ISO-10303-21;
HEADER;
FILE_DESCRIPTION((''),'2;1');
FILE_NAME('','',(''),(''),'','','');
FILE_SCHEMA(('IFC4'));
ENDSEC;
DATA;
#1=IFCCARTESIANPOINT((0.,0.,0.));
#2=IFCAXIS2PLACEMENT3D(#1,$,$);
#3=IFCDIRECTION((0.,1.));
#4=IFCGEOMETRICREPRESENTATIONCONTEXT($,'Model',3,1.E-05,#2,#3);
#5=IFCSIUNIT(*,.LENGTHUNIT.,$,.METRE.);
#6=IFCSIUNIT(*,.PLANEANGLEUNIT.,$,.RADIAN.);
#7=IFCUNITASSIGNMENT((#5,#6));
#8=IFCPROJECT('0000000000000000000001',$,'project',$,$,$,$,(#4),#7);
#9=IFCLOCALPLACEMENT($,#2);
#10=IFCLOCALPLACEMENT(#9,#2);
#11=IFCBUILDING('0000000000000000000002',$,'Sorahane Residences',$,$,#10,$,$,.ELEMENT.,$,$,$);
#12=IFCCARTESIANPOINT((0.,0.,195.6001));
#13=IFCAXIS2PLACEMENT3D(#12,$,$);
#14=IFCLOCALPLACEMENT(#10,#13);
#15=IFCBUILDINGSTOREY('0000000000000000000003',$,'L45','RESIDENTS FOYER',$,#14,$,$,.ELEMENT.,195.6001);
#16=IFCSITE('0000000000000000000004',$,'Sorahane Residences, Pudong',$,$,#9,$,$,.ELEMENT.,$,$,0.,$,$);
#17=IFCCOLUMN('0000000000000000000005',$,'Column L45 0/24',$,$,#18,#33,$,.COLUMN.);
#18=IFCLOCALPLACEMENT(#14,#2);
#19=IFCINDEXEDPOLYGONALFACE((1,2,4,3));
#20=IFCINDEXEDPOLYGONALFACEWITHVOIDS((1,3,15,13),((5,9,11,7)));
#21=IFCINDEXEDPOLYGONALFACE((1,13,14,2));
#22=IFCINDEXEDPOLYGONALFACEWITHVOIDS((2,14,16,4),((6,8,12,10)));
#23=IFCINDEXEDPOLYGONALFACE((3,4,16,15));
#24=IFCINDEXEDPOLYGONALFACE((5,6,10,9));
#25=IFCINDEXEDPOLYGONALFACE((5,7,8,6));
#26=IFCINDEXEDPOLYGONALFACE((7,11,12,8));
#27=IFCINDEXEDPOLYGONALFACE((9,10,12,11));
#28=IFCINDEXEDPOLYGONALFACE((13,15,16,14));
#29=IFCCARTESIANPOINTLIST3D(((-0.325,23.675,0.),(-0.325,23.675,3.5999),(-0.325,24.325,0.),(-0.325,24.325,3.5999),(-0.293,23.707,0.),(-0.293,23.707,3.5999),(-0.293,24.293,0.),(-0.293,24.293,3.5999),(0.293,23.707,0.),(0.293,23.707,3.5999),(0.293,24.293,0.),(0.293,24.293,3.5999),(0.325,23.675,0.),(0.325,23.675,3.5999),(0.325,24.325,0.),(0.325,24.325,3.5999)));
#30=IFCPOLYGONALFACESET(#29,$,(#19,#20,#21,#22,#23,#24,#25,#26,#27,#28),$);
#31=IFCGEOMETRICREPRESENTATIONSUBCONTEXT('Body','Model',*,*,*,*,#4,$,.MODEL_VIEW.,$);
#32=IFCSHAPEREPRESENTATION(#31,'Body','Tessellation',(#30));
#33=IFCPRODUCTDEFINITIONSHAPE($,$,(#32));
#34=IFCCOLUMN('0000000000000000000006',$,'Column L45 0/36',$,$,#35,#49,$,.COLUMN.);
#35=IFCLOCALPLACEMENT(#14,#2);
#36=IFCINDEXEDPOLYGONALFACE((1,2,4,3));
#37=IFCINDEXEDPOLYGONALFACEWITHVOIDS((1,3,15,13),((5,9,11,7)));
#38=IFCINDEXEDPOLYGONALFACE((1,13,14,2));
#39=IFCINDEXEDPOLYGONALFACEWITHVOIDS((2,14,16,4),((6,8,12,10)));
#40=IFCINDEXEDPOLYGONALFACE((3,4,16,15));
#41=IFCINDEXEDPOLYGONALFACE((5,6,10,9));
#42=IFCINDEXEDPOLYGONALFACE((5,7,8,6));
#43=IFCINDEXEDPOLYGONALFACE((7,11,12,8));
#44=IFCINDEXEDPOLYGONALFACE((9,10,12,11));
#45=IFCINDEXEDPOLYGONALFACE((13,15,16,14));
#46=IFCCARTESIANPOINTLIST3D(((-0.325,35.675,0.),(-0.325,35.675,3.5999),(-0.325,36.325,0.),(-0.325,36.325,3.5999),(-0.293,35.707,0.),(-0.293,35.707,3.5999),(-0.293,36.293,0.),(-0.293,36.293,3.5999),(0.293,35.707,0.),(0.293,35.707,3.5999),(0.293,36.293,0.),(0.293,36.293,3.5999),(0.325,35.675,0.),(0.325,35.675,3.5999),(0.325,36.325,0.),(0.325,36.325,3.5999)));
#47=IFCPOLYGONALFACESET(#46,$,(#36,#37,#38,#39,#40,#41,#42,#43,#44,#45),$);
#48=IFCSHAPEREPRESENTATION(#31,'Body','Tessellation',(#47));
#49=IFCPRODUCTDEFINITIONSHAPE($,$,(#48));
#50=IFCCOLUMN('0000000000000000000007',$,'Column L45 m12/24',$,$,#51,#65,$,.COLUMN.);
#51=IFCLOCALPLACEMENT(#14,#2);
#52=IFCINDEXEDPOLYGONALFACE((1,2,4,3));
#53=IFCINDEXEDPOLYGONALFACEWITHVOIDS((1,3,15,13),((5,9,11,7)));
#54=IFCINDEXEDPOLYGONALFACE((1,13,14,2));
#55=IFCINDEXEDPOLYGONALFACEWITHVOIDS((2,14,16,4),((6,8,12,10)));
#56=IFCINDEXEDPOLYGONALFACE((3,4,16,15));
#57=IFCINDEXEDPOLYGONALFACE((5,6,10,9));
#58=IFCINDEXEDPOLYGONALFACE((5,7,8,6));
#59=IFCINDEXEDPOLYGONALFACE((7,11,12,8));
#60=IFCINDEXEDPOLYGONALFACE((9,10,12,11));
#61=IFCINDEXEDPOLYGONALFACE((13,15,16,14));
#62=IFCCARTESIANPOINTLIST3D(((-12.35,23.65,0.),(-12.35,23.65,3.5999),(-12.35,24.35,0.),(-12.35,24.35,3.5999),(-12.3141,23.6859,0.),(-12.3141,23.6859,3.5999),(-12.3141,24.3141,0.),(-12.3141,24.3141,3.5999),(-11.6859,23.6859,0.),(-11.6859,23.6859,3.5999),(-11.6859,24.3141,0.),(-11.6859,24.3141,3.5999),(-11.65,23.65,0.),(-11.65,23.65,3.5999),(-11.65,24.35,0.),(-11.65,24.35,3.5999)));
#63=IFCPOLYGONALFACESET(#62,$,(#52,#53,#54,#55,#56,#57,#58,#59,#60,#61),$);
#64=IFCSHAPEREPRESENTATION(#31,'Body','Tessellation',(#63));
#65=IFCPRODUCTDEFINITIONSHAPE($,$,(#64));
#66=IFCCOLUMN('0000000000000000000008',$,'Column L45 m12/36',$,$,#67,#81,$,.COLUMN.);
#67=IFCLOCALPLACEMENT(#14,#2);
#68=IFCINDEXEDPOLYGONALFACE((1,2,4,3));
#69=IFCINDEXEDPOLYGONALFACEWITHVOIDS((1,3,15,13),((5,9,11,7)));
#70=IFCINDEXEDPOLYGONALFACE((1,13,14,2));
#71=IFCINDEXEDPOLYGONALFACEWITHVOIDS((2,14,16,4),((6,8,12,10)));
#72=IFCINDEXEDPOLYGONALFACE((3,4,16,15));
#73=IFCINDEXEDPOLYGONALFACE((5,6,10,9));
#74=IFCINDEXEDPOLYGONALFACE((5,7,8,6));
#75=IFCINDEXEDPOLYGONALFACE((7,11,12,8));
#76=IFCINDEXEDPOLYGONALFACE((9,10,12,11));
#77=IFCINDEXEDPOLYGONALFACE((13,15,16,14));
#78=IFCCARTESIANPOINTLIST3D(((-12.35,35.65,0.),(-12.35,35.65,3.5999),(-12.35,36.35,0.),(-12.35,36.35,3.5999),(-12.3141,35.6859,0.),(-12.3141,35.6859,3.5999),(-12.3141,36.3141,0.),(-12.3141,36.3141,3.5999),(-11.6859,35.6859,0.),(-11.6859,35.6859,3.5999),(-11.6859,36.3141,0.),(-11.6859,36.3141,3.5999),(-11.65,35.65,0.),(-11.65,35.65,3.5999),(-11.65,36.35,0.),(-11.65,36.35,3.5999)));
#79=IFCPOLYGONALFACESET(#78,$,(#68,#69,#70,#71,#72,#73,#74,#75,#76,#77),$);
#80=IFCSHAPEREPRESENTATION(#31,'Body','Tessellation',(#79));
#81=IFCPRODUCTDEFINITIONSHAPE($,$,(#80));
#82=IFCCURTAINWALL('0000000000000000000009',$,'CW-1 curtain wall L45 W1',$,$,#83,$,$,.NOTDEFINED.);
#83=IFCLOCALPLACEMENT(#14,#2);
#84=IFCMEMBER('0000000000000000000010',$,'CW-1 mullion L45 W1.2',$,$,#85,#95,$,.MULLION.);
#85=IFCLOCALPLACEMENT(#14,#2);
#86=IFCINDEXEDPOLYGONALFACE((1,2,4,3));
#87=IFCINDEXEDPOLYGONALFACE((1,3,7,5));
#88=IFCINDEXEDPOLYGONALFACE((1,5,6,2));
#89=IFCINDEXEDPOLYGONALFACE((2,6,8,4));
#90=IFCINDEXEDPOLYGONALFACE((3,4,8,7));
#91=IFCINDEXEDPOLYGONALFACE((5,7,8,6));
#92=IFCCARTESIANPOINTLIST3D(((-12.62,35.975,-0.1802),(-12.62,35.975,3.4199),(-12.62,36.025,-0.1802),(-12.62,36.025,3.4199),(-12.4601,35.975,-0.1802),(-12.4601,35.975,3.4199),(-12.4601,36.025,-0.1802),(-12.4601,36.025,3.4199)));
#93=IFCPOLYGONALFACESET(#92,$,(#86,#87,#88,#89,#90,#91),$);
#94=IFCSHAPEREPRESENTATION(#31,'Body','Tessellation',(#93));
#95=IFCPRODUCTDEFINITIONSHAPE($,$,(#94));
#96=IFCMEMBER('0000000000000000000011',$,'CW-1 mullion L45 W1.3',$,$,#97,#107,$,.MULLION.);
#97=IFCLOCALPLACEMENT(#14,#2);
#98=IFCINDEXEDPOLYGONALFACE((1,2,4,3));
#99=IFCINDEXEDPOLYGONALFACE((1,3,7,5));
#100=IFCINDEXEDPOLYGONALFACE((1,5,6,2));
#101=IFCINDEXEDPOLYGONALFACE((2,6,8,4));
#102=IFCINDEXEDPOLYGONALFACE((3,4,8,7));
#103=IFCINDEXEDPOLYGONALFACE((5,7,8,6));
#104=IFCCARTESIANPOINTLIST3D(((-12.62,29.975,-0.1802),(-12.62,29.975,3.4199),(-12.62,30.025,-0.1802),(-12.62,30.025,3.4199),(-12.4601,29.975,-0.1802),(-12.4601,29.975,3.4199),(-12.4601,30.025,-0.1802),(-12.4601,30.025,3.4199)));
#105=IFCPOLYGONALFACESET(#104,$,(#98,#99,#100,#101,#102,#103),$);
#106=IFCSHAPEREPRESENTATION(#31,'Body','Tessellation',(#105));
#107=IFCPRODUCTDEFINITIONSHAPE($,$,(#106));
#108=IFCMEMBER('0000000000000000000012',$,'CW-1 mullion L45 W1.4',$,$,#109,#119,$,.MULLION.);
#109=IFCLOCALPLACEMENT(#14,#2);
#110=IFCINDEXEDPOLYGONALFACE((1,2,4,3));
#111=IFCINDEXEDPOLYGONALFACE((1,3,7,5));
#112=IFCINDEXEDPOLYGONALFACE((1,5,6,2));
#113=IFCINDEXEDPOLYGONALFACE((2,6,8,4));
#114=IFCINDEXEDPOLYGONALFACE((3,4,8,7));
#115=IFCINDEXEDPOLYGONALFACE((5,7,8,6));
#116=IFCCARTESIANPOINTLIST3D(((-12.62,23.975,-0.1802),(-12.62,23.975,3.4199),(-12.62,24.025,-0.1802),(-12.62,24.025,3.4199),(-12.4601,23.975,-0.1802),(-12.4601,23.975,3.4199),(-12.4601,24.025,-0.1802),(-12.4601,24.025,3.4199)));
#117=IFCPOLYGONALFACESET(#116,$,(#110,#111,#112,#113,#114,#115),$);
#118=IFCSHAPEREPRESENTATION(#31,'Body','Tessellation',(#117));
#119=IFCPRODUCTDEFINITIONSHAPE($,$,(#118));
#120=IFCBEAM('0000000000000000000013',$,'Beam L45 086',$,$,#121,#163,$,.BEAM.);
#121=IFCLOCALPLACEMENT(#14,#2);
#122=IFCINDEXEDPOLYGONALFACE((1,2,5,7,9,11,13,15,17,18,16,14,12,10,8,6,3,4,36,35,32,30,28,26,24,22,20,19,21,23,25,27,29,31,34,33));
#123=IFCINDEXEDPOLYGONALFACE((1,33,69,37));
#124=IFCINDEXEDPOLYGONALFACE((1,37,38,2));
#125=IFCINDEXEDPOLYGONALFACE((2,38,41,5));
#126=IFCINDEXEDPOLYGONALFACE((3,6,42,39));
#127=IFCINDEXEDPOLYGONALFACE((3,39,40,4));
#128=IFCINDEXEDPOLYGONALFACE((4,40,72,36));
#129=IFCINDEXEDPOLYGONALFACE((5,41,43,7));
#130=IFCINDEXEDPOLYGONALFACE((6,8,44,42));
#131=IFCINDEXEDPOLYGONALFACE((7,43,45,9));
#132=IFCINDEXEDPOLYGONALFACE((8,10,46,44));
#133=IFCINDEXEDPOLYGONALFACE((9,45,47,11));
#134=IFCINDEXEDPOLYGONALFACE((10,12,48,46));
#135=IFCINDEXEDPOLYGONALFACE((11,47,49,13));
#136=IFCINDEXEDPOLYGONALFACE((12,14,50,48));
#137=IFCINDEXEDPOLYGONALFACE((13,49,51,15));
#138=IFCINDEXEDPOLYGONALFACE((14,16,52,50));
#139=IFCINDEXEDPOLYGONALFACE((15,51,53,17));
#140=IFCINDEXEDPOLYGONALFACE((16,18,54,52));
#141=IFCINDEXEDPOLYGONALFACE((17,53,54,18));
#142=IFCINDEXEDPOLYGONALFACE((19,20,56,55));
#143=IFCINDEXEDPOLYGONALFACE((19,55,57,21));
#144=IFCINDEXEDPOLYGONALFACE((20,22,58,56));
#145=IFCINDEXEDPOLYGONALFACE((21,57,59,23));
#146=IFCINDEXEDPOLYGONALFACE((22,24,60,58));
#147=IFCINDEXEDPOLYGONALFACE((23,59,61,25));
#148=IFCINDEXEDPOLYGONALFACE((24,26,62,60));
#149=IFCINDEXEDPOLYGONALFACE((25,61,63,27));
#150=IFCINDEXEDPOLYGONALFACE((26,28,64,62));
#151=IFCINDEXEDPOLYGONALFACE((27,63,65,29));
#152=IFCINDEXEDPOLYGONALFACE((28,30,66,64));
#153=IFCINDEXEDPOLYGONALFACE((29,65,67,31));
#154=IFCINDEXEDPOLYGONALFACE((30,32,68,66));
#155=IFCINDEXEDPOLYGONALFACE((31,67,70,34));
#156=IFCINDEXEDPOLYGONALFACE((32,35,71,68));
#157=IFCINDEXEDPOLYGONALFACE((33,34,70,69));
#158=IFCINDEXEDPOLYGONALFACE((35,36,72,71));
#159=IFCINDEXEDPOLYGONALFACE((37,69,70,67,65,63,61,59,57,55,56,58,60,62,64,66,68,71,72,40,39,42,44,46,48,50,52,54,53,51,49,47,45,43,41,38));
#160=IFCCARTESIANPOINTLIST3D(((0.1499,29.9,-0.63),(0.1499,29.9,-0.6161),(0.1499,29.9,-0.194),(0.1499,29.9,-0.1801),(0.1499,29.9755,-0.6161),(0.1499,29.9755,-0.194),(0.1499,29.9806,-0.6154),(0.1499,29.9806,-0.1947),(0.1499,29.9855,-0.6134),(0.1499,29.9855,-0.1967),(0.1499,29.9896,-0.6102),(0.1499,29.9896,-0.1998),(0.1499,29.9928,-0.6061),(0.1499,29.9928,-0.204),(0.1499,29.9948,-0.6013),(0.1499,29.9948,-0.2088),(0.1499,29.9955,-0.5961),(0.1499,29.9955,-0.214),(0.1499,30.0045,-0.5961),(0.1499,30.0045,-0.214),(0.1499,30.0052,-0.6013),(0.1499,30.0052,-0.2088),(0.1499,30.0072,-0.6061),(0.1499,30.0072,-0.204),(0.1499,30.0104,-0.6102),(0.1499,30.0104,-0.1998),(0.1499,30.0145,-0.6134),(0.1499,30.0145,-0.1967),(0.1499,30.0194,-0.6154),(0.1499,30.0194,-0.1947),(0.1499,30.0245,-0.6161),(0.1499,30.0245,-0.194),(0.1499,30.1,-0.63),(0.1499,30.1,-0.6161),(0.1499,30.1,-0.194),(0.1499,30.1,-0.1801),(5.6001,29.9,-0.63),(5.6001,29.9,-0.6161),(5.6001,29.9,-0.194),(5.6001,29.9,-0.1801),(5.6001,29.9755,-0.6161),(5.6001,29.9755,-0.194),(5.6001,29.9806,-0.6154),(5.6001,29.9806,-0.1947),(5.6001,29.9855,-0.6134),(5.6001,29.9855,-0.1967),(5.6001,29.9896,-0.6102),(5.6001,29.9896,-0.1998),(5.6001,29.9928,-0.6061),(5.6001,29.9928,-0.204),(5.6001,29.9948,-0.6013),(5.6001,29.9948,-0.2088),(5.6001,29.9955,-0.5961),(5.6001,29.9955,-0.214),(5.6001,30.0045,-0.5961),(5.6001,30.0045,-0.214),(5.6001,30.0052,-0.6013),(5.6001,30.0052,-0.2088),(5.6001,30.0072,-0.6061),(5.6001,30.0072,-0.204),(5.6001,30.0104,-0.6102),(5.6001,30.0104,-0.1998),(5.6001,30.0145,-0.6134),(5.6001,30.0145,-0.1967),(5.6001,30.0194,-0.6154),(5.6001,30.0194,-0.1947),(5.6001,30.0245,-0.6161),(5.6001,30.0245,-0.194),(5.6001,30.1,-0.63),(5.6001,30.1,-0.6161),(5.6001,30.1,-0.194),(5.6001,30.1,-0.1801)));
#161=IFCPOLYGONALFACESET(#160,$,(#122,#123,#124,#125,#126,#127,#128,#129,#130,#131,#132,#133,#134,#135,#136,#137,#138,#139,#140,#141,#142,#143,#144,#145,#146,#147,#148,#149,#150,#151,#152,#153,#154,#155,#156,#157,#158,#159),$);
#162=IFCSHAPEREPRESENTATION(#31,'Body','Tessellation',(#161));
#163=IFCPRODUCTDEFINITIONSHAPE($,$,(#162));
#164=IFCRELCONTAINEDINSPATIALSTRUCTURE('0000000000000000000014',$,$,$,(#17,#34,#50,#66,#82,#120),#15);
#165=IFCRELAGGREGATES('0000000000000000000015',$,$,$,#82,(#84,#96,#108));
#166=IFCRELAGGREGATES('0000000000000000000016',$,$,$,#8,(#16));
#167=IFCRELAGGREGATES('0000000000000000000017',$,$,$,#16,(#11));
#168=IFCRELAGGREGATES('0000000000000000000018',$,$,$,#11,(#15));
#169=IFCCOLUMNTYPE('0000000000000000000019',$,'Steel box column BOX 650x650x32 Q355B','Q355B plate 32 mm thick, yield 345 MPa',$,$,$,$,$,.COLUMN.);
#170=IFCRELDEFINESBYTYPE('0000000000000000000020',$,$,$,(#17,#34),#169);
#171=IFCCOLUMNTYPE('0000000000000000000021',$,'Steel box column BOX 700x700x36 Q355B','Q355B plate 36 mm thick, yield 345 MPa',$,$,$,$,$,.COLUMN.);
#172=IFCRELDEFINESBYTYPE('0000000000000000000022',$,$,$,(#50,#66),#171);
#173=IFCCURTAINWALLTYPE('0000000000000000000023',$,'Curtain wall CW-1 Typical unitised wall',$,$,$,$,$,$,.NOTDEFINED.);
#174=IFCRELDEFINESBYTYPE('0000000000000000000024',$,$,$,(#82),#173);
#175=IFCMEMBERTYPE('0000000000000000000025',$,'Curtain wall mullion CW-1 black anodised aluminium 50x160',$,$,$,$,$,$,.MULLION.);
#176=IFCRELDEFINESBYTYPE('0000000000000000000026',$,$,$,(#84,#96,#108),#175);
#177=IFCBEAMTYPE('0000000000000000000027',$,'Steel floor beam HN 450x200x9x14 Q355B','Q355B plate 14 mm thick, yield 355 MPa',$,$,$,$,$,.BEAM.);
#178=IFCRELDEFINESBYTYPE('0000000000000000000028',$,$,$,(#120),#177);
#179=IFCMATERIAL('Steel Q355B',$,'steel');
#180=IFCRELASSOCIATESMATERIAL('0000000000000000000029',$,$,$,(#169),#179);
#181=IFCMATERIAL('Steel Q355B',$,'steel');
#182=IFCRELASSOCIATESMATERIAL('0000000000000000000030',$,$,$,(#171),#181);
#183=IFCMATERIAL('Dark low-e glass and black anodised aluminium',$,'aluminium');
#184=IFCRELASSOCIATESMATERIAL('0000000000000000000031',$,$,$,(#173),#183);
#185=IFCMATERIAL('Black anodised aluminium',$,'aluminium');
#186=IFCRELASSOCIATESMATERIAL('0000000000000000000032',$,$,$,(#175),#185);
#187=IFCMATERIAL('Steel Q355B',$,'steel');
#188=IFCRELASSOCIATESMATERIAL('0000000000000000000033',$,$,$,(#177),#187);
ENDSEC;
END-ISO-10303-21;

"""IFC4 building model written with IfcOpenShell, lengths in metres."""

from ifc_helpers import new_model, si_unit, direction, frame, origin, origin_2d, place, context, subcontext, project, spatial, rectangle, hollow_rectangle, i_section, extrude, material, material_profile, profile_set, type_object, element, aggregate, save


model = new_model("IFC4")

# Units and contexts
model_context = context("Model", 3, precision=1e-05, world=origin(), true_north=direction((0.0, 1.0)))
body_context = subcontext(model_context, "Body", "Model", "MODEL_VIEW")
ifc_project = project(units=[si_unit("LENGTHUNIT", "METRE"), si_unit("PLANEANGLEUNIT", "RADIAN")], contexts=[model_context])

# Site, building, storey
site_placement = place(None, origin())
site = spatial("IfcSite", under=ifc_project, at=site_placement, Name="Sorahane Residences, Pudong", CompositionType="ELEMENT", RefElevation=0.0)
building_placement = place(site_placement, origin())
building = spatial("IfcBuilding", under=site, at=building_placement, Name="Sorahane Residences", CompositionType="ELEMENT")
storey_placement = place(building_placement, frame((0.0, 0.0, 195.6001)))
storey = spatial("IfcBuildingStorey", under=building, at=storey_placement, Name="L45", Description="RESIDENTS FOYER", CompositionType="ELEMENT", Elevation=195.6001)

# Columns
ifc_material_1 = material(Name="Steel Q355B", Category="steel")
ifc_material_profile_1 = material_profile(ifc_material_1, hollow_rectangle(XDim=0.6499, YDim=0.6499, WallThickness=0.032, at=origin_2d()), Name="BOX 650x650x32")
ifc_profile_set_1 = profile_set([ifc_material_profile_1], Name="Steel Q355B")
column_type_1 = type_object("IfcColumnType", Name="Steel box column BOX 650x650x32 Q355B", Description="Q355B plate 32 mm thick, yield 345 MPa", PredefinedType="COLUMN", material=ifc_profile_set_1)
for number, where, z_axis, x_axis, name in (
    (1, (0.0, 24.0, 0.0), (0.0, 0.0, 1.0), (1.0, 0.0, 0.0), "Column L45 0/24"),
    (2, (0.0, 36.0, 0.0), (0.0, 0.0, 1.0), (1.0, 0.0, 0.0), "Column L45 0/36"),
):
    element("IfcColumn", number, at=place(storey_placement, frame(where, z_axis=z_axis, x_axis=x_axis)), inside=storey, type_object=column_type_1, Name=name, PredefinedType="COLUMN", context=body_context, shape_type="SweptSolid", body=[
        extrude(hollow_rectangle(XDim=0.6499, YDim=0.6499, WallThickness=0.032, at=origin_2d()), origin(), (0.0, 0.0, 1.0), 3.5999),
    ])
ifc_material_2 = material(Name="Steel Q355B", Category="steel")
ifc_material_profile_2 = material_profile(ifc_material_2, hollow_rectangle(XDim=0.7, YDim=0.7, WallThickness=0.0359, at=origin_2d()), Name="BOX 700x700x36")
ifc_profile_set_2 = profile_set([ifc_material_profile_2], Name="Steel Q355B")
column_type_2 = type_object("IfcColumnType", Name="Steel box column BOX 700x700x36 Q355B", Description="Q355B plate 36 mm thick, yield 345 MPa", PredefinedType="COLUMN", material=ifc_profile_set_2)
for number, where, z_axis, x_axis, name in (
    (3, (-12.0, 24.0, 0.0), (0.0, 0.0, 1.0), (1.0, 0.0, 0.0), "Column L45 m12/24"),
    (4, (-12.0, 36.0, 0.0), (0.0, 0.0, 1.0), (1.0, 0.0, 0.0), "Column L45 m12/36"),
):
    element("IfcColumn", number, at=place(storey_placement, frame(where, z_axis=z_axis, x_axis=x_axis)), inside=storey, type_object=column_type_2, Name=name, PredefinedType="COLUMN", context=body_context, shape_type="SweptSolid", body=[
        extrude(hollow_rectangle(XDim=0.7, YDim=0.7, WallThickness=0.0359, at=origin_2d()), origin(), (0.0, 0.0, 1.0), 3.5999),
    ])

# Curtain wall, members
ifc_material_3 = material(Name="Dark low-e glass and black anodised aluminium", Category="aluminium")
curtain_wall_type = type_object("IfcCurtainWallType", Name="Curtain wall CW-1 Typical unitised wall", PredefinedType="NOTDEFINED", material=ifc_material_3)
curtain_wall_placement = place(storey_placement, origin())
curtain_wall = element("IfcCurtainWall", 5, at=curtain_wall_placement, inside=storey, type_object=curtain_wall_type, Name="CW-1 curtain wall L45 W1", PredefinedType="NOTDEFINED")
ifc_material_4 = material(Name="Black anodised aluminium", Category="aluminium")
ifc_material_profile_3 = material_profile(ifc_material_4, rectangle(XDim=0.1599, YDim=0.05, at=origin_2d()), Name="Curtain wall mullion CW-1 black anodised aluminium 50x160")
ifc_profile_set_3 = profile_set([ifc_material_profile_3], Name="Black anodised aluminium")
member_type = type_object("IfcMemberType", Name="Curtain wall mullion CW-1 black anodised aluminium 50x160", PredefinedType="MULLION", material=ifc_profile_set_3)
member_1_placement = place(storey_placement, frame((-12.54, 36.0, -0.1802), z_axis=(0.0, 0.0, 1.0), x_axis=(-1.0, 0.0, 0.0)))
member_1 = element("IfcMember", 6, at=member_1_placement, type_object=member_type, Name="CW-1 mullion L45 W1.2", PredefinedType="MULLION", context=body_context, shape_type="SweptSolid", body=[
    extrude(rectangle(XDim=0.1599, YDim=0.05, at=origin_2d()), origin(), (0.0, 0.0, 1.0), 3.6001),
])
member_2_placement = place(storey_placement, frame((-12.54, 30.0, -0.1802), z_axis=(0.0, 0.0, 1.0), x_axis=(-1.0, 0.0, 0.0)))
member_2 = element("IfcMember", 7, at=member_2_placement, type_object=member_type, Name="CW-1 mullion L45 W1.3", PredefinedType="MULLION", context=body_context, shape_type="SweptSolid", body=[
    extrude(rectangle(XDim=0.1599, YDim=0.05, at=origin_2d()), origin(), (0.0, 0.0, 1.0), 3.6001),
])
member_3_placement = place(storey_placement, frame((-12.54, 24.0, -0.1802), z_axis=(0.0, 0.0, 1.0), x_axis=(-1.0, 0.0, 0.0)))
member_3 = element("IfcMember", 8, at=member_3_placement, type_object=member_type, Name="CW-1 mullion L45 W1.4", PredefinedType="MULLION", context=body_context, shape_type="SweptSolid", body=[
    extrude(rectangle(XDim=0.1599, YDim=0.05, at=origin_2d()), origin(), (0.0, 0.0, 1.0), 3.6001),
])

# Beam
ifc_material_5 = material(Name="Steel Q355B", Category="steel")
ifc_material_profile_4 = material_profile(ifc_material_5, i_section(OverallWidth=0.2, OverallDepth=0.45, WebThickness=0.009, FlangeThickness=0.0139, FilletRadius=0.02, at=origin_2d()), Name="HN 450x200x9x14")
ifc_profile_set_4 = profile_set([ifc_material_profile_4], Name="Steel Q355B")
beam_type_1 = type_object("IfcBeamType", Name="Steel floor beam HN 450x200x9x14 Q355B", Description="Q355B plate 14 mm thick, yield 355 MPa", PredefinedType="BEAM", material=ifc_profile_set_4)
beam_1_placement = place(storey_placement, frame((0.1499, 30.0, -0.405), z_axis=(1.0, 0.0, 0.0), x_axis=(0.0, 1.0, 0.0)))
element("IfcBeam", 9, at=beam_1_placement, inside=storey, type_object=beam_type_1, Name="Beam L45 086", PredefinedType="BEAM", context=body_context, shape_type="SweptSolid", body=[
    extrude(i_section(OverallWidth=0.2, OverallDepth=0.45, WebThickness=0.009, FlangeThickness=0.0139, FilletRadius=0.02, at=origin_2d()), origin(), (0.0, 0.0, 1.0), 5.4502),
])

aggregate(curtain_wall, [member_1, member_2, member_3])

save(model, "model.ifc")
